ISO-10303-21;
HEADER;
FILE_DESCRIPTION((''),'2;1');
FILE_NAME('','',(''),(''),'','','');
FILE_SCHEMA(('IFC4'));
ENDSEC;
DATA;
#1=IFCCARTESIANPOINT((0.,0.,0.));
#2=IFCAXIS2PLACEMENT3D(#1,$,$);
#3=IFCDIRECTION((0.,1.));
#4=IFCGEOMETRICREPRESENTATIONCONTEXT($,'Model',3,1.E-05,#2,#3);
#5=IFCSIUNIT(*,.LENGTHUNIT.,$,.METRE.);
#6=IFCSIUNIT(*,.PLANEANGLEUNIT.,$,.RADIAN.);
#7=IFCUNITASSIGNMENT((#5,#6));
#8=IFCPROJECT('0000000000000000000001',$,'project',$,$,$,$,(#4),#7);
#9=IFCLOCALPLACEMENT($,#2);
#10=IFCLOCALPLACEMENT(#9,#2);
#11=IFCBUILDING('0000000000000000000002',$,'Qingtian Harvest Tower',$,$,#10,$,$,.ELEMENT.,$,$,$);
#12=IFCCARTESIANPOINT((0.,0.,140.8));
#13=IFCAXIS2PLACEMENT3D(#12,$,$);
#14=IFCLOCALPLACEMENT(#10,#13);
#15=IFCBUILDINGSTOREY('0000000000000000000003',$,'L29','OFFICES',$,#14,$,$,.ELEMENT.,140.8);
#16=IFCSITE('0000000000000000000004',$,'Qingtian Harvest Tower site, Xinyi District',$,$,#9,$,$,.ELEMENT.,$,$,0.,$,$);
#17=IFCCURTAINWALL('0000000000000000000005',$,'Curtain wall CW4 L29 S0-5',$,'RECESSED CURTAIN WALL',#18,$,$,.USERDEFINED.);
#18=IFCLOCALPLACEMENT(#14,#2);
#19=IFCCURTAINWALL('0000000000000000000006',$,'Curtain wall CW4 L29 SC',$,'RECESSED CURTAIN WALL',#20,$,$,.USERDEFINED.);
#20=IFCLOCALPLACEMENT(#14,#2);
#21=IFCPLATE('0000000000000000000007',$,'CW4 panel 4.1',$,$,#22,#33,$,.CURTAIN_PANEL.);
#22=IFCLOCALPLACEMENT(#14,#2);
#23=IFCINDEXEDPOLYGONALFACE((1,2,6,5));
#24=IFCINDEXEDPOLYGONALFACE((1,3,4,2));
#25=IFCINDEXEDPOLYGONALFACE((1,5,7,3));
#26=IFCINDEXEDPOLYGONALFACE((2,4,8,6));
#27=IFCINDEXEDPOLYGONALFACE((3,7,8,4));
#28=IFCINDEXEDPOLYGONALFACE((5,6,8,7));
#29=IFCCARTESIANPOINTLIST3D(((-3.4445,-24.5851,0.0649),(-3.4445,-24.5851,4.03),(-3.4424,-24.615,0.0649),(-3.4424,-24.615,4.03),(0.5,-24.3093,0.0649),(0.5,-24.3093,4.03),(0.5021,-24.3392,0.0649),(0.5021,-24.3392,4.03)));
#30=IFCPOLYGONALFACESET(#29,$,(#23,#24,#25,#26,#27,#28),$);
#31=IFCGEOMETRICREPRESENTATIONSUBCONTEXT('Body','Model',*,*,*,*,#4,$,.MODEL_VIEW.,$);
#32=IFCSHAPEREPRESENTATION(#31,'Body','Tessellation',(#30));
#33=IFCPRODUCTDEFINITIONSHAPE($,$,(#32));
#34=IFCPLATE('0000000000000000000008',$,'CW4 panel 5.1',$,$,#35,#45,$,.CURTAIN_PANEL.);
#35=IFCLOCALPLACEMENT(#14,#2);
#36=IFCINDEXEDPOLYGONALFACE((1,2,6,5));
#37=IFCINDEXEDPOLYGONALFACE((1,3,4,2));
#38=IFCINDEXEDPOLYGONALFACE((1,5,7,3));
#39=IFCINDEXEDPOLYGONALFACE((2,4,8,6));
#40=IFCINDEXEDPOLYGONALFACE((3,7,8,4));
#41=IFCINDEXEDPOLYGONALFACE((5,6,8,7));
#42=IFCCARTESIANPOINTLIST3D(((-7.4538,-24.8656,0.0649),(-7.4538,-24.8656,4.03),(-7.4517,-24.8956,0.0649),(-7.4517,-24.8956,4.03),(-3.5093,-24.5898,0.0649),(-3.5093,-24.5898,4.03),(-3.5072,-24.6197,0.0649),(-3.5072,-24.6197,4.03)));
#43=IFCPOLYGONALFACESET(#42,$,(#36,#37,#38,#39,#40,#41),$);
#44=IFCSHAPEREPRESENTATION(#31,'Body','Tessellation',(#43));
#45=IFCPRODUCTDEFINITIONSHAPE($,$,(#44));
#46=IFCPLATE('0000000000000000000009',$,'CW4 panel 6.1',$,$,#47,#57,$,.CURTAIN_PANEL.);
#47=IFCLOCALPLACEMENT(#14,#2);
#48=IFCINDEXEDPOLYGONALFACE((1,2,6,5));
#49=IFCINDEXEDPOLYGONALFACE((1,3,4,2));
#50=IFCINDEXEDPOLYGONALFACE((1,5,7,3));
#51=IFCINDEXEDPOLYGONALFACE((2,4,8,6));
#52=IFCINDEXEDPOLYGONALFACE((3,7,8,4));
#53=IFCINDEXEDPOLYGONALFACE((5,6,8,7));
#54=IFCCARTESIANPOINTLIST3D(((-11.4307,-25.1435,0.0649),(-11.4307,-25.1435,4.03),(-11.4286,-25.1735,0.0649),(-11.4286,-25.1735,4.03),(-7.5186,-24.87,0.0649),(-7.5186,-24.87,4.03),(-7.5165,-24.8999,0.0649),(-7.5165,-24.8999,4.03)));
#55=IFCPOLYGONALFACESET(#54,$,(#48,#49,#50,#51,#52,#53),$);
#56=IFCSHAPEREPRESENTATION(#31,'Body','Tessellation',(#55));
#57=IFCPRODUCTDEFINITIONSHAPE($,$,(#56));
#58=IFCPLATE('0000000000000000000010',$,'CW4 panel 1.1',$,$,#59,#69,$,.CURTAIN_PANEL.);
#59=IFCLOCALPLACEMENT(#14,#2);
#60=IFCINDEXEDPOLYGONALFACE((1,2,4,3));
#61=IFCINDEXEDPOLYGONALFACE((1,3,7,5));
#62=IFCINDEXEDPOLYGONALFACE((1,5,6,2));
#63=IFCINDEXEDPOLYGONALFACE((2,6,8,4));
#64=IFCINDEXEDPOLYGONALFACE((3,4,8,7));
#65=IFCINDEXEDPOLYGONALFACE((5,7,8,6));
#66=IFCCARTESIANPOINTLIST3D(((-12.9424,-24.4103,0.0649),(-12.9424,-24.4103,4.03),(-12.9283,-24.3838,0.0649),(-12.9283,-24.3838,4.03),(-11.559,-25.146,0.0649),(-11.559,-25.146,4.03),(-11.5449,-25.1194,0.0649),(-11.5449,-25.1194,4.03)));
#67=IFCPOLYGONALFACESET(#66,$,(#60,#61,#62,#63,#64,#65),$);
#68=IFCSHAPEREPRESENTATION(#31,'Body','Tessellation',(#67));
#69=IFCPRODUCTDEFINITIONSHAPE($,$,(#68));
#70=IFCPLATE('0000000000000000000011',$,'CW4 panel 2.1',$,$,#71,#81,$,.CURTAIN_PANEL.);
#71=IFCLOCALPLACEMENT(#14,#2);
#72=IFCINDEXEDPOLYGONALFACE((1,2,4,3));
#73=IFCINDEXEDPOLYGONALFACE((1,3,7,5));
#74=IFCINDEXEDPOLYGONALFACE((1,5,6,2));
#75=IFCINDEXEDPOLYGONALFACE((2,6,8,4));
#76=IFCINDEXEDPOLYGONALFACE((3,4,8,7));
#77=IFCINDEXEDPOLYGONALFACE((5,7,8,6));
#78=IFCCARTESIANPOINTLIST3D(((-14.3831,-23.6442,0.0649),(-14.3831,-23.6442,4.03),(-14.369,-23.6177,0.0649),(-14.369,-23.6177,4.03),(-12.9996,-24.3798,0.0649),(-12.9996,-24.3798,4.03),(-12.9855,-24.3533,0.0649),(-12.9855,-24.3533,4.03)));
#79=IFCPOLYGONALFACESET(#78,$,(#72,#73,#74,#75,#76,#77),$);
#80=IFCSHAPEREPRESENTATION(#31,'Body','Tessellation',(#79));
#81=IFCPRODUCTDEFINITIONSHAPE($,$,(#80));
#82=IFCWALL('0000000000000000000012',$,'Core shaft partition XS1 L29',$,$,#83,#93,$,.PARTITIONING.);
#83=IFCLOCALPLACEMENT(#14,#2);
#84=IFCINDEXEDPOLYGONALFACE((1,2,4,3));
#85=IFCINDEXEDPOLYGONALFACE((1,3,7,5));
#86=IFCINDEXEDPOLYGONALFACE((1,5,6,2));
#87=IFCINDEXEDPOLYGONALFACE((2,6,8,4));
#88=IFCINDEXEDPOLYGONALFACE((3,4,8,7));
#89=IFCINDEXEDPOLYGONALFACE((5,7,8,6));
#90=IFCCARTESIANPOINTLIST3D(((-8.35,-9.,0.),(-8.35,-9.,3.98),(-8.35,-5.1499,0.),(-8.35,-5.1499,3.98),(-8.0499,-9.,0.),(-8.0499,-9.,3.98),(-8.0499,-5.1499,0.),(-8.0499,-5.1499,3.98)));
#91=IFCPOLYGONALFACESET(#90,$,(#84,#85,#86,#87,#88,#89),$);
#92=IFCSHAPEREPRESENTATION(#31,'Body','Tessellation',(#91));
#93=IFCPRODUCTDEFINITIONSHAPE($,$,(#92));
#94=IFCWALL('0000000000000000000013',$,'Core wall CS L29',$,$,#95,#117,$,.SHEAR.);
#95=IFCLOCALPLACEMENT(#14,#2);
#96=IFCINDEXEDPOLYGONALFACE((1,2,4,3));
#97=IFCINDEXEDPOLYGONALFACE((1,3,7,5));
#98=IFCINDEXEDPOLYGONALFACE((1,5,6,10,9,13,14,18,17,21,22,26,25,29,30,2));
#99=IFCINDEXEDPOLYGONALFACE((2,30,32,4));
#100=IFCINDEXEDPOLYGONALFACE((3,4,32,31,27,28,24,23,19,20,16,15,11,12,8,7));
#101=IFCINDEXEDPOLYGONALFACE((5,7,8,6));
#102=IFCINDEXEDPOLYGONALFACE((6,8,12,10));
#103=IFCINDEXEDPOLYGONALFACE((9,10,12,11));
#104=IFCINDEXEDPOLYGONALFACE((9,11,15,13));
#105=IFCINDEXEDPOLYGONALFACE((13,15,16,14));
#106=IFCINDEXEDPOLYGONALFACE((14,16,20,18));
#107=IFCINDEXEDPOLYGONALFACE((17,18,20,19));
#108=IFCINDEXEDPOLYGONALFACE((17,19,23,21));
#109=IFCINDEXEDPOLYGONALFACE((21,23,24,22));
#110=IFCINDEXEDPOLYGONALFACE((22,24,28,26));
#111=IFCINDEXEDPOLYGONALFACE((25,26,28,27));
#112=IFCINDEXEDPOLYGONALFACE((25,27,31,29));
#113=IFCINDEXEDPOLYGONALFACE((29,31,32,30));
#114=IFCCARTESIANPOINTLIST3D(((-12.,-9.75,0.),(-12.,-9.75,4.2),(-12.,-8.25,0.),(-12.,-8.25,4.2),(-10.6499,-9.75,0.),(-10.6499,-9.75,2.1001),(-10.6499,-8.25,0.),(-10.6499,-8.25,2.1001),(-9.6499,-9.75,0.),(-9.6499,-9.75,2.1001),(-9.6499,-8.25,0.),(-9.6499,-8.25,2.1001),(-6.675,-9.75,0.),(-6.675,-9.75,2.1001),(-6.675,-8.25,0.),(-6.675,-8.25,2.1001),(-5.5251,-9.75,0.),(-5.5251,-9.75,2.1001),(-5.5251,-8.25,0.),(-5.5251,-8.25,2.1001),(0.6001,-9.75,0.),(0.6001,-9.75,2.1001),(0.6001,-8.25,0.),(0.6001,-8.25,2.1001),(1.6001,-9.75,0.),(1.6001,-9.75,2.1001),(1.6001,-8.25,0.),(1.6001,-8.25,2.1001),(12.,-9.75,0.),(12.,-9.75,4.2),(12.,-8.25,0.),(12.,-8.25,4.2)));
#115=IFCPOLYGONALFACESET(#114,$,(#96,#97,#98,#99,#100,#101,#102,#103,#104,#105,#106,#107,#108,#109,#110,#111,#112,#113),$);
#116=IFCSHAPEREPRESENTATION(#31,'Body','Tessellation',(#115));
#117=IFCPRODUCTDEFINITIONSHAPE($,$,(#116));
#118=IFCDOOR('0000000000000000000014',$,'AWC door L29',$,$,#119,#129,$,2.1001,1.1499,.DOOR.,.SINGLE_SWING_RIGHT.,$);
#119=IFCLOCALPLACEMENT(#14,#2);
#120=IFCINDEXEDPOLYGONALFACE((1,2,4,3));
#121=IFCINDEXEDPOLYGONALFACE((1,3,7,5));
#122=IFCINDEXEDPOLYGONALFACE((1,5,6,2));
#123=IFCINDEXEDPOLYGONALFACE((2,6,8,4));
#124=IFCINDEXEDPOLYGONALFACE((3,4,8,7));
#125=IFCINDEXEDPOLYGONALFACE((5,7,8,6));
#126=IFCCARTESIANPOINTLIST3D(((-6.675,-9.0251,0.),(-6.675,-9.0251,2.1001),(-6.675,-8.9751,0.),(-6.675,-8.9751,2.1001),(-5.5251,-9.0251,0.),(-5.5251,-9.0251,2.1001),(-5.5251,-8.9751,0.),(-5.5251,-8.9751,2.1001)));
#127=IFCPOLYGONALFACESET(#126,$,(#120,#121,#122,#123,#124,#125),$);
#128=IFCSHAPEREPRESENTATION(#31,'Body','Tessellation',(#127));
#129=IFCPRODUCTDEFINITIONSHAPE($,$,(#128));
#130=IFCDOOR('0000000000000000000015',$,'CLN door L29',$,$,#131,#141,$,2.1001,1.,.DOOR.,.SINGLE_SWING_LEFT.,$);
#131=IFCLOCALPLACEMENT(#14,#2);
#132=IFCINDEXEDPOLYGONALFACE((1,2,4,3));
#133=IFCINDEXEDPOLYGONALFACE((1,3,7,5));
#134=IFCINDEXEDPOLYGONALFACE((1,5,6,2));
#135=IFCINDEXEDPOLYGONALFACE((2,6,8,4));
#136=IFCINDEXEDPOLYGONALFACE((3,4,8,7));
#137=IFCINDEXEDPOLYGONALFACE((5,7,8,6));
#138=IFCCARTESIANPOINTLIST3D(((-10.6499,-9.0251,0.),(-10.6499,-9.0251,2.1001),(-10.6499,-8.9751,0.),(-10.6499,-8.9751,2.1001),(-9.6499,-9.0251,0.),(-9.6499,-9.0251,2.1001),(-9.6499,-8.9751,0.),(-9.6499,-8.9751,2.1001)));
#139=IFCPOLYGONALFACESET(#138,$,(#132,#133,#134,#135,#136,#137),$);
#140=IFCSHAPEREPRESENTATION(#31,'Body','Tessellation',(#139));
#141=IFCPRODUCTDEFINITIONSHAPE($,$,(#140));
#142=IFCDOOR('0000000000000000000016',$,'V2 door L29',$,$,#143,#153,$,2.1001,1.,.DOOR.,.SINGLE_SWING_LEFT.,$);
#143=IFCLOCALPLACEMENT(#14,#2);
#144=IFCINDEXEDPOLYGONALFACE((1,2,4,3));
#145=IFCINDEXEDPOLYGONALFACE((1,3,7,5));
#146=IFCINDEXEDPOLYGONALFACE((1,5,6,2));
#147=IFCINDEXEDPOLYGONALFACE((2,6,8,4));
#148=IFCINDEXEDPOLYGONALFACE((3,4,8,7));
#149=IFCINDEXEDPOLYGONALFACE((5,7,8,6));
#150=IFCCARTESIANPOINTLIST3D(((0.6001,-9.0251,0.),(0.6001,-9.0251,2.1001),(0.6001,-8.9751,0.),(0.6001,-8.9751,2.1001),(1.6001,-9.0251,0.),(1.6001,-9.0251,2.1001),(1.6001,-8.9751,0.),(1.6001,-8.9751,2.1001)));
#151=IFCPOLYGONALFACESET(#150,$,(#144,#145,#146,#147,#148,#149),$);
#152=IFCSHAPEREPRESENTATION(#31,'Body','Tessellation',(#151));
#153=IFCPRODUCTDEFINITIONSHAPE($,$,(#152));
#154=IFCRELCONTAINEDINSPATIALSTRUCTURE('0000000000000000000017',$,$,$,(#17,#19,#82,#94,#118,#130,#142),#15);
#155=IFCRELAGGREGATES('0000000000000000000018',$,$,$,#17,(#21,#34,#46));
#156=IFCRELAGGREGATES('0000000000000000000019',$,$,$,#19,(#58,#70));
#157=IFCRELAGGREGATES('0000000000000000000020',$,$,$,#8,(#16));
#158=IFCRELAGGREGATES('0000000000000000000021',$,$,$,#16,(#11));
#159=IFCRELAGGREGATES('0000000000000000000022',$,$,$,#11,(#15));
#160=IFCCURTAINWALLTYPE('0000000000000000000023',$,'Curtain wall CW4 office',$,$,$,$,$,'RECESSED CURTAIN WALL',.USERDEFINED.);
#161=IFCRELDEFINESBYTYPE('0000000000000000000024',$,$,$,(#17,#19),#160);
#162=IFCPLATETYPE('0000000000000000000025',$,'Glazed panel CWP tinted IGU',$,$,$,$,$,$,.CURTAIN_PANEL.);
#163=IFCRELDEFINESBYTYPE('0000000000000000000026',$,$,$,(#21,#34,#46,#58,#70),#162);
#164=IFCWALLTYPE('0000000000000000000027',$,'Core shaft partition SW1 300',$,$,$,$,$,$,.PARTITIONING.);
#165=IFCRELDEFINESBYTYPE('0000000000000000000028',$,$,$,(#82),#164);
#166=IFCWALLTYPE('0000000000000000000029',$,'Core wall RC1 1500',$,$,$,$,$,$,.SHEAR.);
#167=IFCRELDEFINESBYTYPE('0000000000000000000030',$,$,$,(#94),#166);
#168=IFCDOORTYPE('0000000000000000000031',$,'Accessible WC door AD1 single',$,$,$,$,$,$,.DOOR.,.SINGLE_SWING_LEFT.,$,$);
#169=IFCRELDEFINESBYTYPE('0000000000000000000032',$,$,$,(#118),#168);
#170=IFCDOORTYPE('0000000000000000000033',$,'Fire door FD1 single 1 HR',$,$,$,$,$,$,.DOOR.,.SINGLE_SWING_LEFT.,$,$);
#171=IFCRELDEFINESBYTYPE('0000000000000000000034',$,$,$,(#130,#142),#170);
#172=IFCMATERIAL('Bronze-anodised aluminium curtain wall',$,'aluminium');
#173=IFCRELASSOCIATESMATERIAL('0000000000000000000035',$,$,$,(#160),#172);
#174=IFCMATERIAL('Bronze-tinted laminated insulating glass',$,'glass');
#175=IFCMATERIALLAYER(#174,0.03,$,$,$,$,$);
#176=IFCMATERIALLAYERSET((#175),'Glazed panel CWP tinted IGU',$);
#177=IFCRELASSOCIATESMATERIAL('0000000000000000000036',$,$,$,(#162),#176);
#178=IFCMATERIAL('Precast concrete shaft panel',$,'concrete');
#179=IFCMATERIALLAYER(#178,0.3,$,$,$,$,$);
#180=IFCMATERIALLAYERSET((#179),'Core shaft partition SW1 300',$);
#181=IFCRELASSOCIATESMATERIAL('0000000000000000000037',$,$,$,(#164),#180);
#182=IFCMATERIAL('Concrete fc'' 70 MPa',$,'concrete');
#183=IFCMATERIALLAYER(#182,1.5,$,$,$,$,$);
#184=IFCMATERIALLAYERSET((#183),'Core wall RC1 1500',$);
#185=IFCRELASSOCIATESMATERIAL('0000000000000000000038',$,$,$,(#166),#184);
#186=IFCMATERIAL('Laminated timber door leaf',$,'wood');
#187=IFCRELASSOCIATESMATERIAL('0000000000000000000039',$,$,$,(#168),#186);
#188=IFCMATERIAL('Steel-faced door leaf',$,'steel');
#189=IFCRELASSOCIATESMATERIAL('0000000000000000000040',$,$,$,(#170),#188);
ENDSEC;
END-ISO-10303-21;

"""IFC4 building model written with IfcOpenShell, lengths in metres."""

from ifc_helpers import new_model, si_unit, direction, frame, frame_2d, origin, origin_2d, place, context, subcontext, project, spatial, rectangle, extrude, material, layer, layer_set, type_object, element, fill, aggregate, save


model = new_model("IFC4")

# Units and contexts
model_context = context("Model", 3, precision=1e-05, world=origin(), true_north=direction((0.0, 1.0)))
body_context = subcontext(model_context, "Body", "Model", "MODEL_VIEW")
ifc_project = project(units=[si_unit("LENGTHUNIT", "METRE"), si_unit("PLANEANGLEUNIT", "RADIAN")], contexts=[model_context])

# Site, building, storey
site_placement = place(None, origin())
site = spatial("IfcSite", under=ifc_project, at=site_placement, Name="Qingtian Harvest Tower site, Xinyi District", CompositionType="ELEMENT", RefElevation=0.0)
building_placement = place(site_placement, origin())
building = spatial("IfcBuilding", under=site, at=building_placement, Name="Qingtian Harvest Tower", CompositionType="ELEMENT")
storey_placement = place(building_placement, frame((0.0, 0.0, 140.8)))
storey = spatial("IfcBuildingStorey", under=building, at=storey_placement, Name="L29", Description="OFFICES", CompositionType="ELEMENT", Elevation=140.8)

# Curtain walls
ifc_material_1 = material(Name="Bronze-anodised aluminium curtain wall", Category="aluminium")
curtain_wall_type = type_object("IfcCurtainWallType", Name="Curtain wall CW4 office", ElementType="RECESSED CURTAIN WALL", PredefinedType="USERDEFINED", material=ifc_material_1)
curtain_wall_1_placement = place(storey_placement, origin())
curtain_wall_1 = element("IfcCurtainWall", 1, at=curtain_wall_1_placement, inside=storey, type_object=curtain_wall_type, Name="Curtain wall CW4 L29 S0-5", ObjectType="RECESSED CURTAIN WALL", PredefinedType="USERDEFINED")
curtain_wall_2_placement = place(storey_placement, origin())
curtain_wall_2 = element("IfcCurtainWall", 2, at=curtain_wall_2_placement, inside=storey, type_object=curtain_wall_type, Name="Curtain wall CW4 L29 SC", ObjectType="RECESSED CURTAIN WALL", PredefinedType="USERDEFINED")

# Plates
ifc_material_2 = material(Name="Bronze-tinted laminated insulating glass", Category="glass")
ifc_layer_1 = layer(ifc_material_2, 0.03)
ifc_layer_set_1 = layer_set([ifc_layer_1], Name="Glazed panel CWP tinted IGU")
plate_type = type_object("IfcPlateType", Name="Glazed panel CWP tinted IGU", PredefinedType="CURTAIN_PANEL", material=ifc_layer_set_1)
plate_1_placement = place(storey_placement, frame((-1.4712, -24.4622, 0.0649), z_axis=(0.0, 0.0, 1.0), x_axis=(-0.997564, -0.069756, 0.0)))
plate_1 = element("IfcPlate", 3, at=plate_1_placement, type_object=plate_type, Name="CW4 panel 4.1", PredefinedType="CURTAIN_PANEL", context=body_context, shape_type="SweptSolid", body=[
    extrude(rectangle(XDim=3.9541, YDim=0.03, at=origin_2d()), origin(), (0.0, 0.0, 1.0), 3.9651),
])
plate_2_placement = place(storey_placement, frame((-5.4805, -24.7427, 0.0649), z_axis=(0.0, 0.0, 1.0), x_axis=(-0.997564, -0.069756, 0.0)))
plate_2 = element("IfcPlate", 4, at=plate_2_placement, type_object=plate_type, Name="CW4 panel 5.1", PredefinedType="CURTAIN_PANEL", context=body_context, shape_type="SweptSolid", body=[
    extrude(rectangle(XDim=3.9541, YDim=0.03, at=origin_2d()), origin(), (0.0, 0.0, 1.0), 3.9651),
])
plate_3_placement = place(storey_placement, frame((-9.4736, -25.0217, 0.0649), z_axis=(0.0, 0.0, 1.0), x_axis=(-0.997564, -0.069756, 0.0)))
plate_3 = element("IfcPlate", 5, at=plate_3_placement, type_object=plate_type, Name="CW4 panel 6.1", PredefinedType="CURTAIN_PANEL", context=body_context, shape_type="SweptSolid", body=[
    extrude(rectangle(XDim=3.9216, YDim=0.03, at=origin_2d()), origin(), (0.0, 0.0, 1.0), 3.9651),
])
aggregate(curtain_wall_1, [plate_1, plate_2, plate_3])
plate_4_placement = place(storey_placement, frame((-12.2437, -24.7649, 0.0649), z_axis=(0.0, 0.0, 1.0), x_axis=(-0.882948, 0.469472, 0.0)))
plate_4 = element("IfcPlate", 6, at=plate_4_placement, type_object=plate_type, Name="CW4 panel 1.1", PredefinedType="CURTAIN_PANEL", context=body_context, shape_type="SweptSolid", body=[
    extrude(rectangle(XDim=1.5669, YDim=0.03, at=origin_2d()), origin(), (0.0, 0.0, 1.0), 3.9651),
])
plate_5_placement = place(storey_placement, frame((-13.6843, -23.9988, 0.0649), z_axis=(0.0, 0.0, 1.0), x_axis=(-0.882948, 0.469472, 0.0)))
plate_5 = element("IfcPlate", 7, at=plate_5_placement, type_object=plate_type, Name="CW4 panel 2.1", PredefinedType="CURTAIN_PANEL", context=body_context, shape_type="SweptSolid", body=[
    extrude(rectangle(XDim=1.5669, YDim=0.03, at=origin_2d()), origin(), (0.0, 0.0, 1.0), 3.9651),
])
aggregate(curtain_wall_2, [plate_4, plate_5])

# Wall
ifc_material_3 = material(Name="Precast concrete shaft panel", Category="concrete")
ifc_layer_2 = layer(ifc_material_3, 0.3)
ifc_layer_set_2 = layer_set([ifc_layer_2], Name="Core shaft partition SW1 300")
wall_type_1 = type_object("IfcWallType", Name="Core shaft partition SW1 300", PredefinedType="PARTITIONING", material=ifc_layer_set_2)
wall_1_placement = place(storey_placement, frame((-8.2, -9.0, 0.0), z_axis=(0.0, 0.0, 1.0), x_axis=(0.0, 1.0, 0.0)))
element("IfcWall", 8, at=wall_1_placement, inside=storey, type_object=wall_type_1, Name="Core shaft partition XS1 L29", PredefinedType="PARTITIONING", context=body_context, shape_type="SweptSolid", body=[
    extrude(rectangle(XDim=3.8501, YDim=0.3, at=frame_2d((1.925, 0.0))), origin(), (0.0, 0.0, 1.0), 3.98),
])

# Wall, openings, doors
ifc_material_4 = material(Name="Concrete fc' 70 MPa", Category="concrete")
ifc_layer_3 = layer(ifc_material_4, 1.5)
ifc_layer_set_3 = layer_set([ifc_layer_3], Name="Core wall RC1 1500")
wall_type_2 = type_object("IfcWallType", Name="Core wall RC1 1500", PredefinedType="SHEAR", material=ifc_layer_set_3)
wall_2_placement = place(storey_placement, frame((-12.0, -9.0, 0.0), z_axis=(0.0, 0.0, 1.0), x_axis=(1.0, 0.0, 0.0)))
wall_2 = element("IfcWall", 9, at=wall_2_placement, inside=storey, type_object=wall_type_2, Name="Core wall CS L29", PredefinedType="SHEAR", context=body_context, shape_type="SweptSolid", body=[
    extrude(rectangle(XDim=24.0, YDim=1.5, at=frame_2d((12.0, 0.0))), origin(), (0.0, 0.0, 1.0), 4.2),
])
opening_1_placement = place(wall_2_placement, frame((1.3501, 0.0, 0.0)))
opening_1 = element("IfcOpeningElement", 10, at=opening_1_placement, cuts=wall_2, PredefinedType="OPENING", context=body_context, shape_type="SweptSolid", body=[
    extrude(rectangle(XDim=1.0, YDim=2.1001, at=frame_2d((0.5, 1.05))), frame((0.0, 0.76, 0.0), z_axis=(0.0, -1.0, 0.0), x_axis=(1.0, 0.0, 0.0)), (0.0, 0.0, 1.0), 1.52),
])
opening_2_placement = place(wall_2_placement, frame((5.325, 0.0, 0.0)))
opening_2 = element("IfcOpeningElement", 11, at=opening_2_placement, cuts=wall_2, PredefinedType="OPENING", context=body_context, shape_type="SweptSolid", body=[
    extrude(rectangle(XDim=1.1499, YDim=2.1001, at=frame_2d((0.575, 1.05))), frame((0.0, 0.76, 0.0), z_axis=(0.0, -1.0, 0.0), x_axis=(1.0, 0.0, 0.0)), (0.0, 0.0, 1.0), 1.52),
])
opening_3_placement = place(wall_2_placement, frame((12.6001, 0.0, 0.0)))
opening_3 = element("IfcOpeningElement", 12, at=opening_3_placement, cuts=wall_2, PredefinedType="OPENING", context=body_context, shape_type="SweptSolid", body=[
    extrude(rectangle(XDim=1.0, YDim=2.1001, at=frame_2d((0.5, 1.05))), frame((0.0, 0.76, 0.0), z_axis=(0.0, -1.0, 0.0), x_axis=(1.0, 0.0, 0.0)), (0.0, 0.0, 1.0), 1.52),
])
ifc_material_5 = material(Name="Laminated timber door leaf", Category="wood")
door_type_1 = type_object("IfcDoorType", Name="Accessible WC door AD1 single", OperationType="SINGLE_SWING_LEFT", PredefinedType="DOOR", material=ifc_material_5)
door_1_placement = place(opening_2_placement, origin())
door_1 = element("IfcDoor", 13, at=door_1_placement, inside=storey, type_object=door_type_1, Name="AWC door L29", OperationType="SINGLE_SWING_RIGHT", OverallHeight=2.1001, OverallWidth=1.1499, PredefinedType="DOOR", context=body_context, shape_type="SweptSolid", body=[
    extrude(rectangle(XDim=1.1499, YDim=2.1001, at=frame_2d((0.575, 1.05))), frame((0.0, 0.0249, 0.0), z_axis=(0.0, -1.0, 0.0), x_axis=(1.0, 0.0, 0.0)), (0.0, 0.0, 1.0), 0.05),
])
fill(opening_2, door_1)
ifc_material_6 = material(Name="Steel-faced door leaf", Category="steel")
door_type_2 = type_object("IfcDoorType", Name="Fire door FD1 single 1 HR", OperationType="SINGLE_SWING_LEFT", PredefinedType="DOOR", material=ifc_material_6)
door_2_placement = place(opening_1_placement, origin())
door_2 = element("IfcDoor", 14, at=door_2_placement, inside=storey, type_object=door_type_2, Name="CLN door L29", OperationType="SINGLE_SWING_LEFT", OverallHeight=2.1001, OverallWidth=1.0, PredefinedType="DOOR", context=body_context, shape_type="SweptSolid", body=[
    extrude(rectangle(XDim=1.0, YDim=2.1001, at=frame_2d((0.5, 1.05))), frame((0.0, 0.0249, 0.0), z_axis=(0.0, -1.0, 0.0), x_axis=(1.0, 0.0, 0.0)), (0.0, 0.0, 1.0), 0.05),
])
fill(opening_1, door_2)
door_3_placement = place(opening_3_placement, origin())
door_3 = element("IfcDoor", 15, at=door_3_placement, inside=storey, type_object=door_type_2, Name="V2 door L29", OperationType="SINGLE_SWING_LEFT", OverallHeight=2.1001, OverallWidth=1.0, PredefinedType="DOOR", context=body_context, shape_type="SweptSolid", body=[
    extrude(rectangle(XDim=1.0, YDim=2.1001, at=frame_2d((0.5, 1.05))), frame((0.0, 0.0249, 0.0), z_axis=(0.0, -1.0, 0.0), x_axis=(1.0, 0.0, 0.0)), (0.0, 0.0, 1.0), 0.05),
])
fill(opening_3, door_3)

save(model, "model.ifc")
